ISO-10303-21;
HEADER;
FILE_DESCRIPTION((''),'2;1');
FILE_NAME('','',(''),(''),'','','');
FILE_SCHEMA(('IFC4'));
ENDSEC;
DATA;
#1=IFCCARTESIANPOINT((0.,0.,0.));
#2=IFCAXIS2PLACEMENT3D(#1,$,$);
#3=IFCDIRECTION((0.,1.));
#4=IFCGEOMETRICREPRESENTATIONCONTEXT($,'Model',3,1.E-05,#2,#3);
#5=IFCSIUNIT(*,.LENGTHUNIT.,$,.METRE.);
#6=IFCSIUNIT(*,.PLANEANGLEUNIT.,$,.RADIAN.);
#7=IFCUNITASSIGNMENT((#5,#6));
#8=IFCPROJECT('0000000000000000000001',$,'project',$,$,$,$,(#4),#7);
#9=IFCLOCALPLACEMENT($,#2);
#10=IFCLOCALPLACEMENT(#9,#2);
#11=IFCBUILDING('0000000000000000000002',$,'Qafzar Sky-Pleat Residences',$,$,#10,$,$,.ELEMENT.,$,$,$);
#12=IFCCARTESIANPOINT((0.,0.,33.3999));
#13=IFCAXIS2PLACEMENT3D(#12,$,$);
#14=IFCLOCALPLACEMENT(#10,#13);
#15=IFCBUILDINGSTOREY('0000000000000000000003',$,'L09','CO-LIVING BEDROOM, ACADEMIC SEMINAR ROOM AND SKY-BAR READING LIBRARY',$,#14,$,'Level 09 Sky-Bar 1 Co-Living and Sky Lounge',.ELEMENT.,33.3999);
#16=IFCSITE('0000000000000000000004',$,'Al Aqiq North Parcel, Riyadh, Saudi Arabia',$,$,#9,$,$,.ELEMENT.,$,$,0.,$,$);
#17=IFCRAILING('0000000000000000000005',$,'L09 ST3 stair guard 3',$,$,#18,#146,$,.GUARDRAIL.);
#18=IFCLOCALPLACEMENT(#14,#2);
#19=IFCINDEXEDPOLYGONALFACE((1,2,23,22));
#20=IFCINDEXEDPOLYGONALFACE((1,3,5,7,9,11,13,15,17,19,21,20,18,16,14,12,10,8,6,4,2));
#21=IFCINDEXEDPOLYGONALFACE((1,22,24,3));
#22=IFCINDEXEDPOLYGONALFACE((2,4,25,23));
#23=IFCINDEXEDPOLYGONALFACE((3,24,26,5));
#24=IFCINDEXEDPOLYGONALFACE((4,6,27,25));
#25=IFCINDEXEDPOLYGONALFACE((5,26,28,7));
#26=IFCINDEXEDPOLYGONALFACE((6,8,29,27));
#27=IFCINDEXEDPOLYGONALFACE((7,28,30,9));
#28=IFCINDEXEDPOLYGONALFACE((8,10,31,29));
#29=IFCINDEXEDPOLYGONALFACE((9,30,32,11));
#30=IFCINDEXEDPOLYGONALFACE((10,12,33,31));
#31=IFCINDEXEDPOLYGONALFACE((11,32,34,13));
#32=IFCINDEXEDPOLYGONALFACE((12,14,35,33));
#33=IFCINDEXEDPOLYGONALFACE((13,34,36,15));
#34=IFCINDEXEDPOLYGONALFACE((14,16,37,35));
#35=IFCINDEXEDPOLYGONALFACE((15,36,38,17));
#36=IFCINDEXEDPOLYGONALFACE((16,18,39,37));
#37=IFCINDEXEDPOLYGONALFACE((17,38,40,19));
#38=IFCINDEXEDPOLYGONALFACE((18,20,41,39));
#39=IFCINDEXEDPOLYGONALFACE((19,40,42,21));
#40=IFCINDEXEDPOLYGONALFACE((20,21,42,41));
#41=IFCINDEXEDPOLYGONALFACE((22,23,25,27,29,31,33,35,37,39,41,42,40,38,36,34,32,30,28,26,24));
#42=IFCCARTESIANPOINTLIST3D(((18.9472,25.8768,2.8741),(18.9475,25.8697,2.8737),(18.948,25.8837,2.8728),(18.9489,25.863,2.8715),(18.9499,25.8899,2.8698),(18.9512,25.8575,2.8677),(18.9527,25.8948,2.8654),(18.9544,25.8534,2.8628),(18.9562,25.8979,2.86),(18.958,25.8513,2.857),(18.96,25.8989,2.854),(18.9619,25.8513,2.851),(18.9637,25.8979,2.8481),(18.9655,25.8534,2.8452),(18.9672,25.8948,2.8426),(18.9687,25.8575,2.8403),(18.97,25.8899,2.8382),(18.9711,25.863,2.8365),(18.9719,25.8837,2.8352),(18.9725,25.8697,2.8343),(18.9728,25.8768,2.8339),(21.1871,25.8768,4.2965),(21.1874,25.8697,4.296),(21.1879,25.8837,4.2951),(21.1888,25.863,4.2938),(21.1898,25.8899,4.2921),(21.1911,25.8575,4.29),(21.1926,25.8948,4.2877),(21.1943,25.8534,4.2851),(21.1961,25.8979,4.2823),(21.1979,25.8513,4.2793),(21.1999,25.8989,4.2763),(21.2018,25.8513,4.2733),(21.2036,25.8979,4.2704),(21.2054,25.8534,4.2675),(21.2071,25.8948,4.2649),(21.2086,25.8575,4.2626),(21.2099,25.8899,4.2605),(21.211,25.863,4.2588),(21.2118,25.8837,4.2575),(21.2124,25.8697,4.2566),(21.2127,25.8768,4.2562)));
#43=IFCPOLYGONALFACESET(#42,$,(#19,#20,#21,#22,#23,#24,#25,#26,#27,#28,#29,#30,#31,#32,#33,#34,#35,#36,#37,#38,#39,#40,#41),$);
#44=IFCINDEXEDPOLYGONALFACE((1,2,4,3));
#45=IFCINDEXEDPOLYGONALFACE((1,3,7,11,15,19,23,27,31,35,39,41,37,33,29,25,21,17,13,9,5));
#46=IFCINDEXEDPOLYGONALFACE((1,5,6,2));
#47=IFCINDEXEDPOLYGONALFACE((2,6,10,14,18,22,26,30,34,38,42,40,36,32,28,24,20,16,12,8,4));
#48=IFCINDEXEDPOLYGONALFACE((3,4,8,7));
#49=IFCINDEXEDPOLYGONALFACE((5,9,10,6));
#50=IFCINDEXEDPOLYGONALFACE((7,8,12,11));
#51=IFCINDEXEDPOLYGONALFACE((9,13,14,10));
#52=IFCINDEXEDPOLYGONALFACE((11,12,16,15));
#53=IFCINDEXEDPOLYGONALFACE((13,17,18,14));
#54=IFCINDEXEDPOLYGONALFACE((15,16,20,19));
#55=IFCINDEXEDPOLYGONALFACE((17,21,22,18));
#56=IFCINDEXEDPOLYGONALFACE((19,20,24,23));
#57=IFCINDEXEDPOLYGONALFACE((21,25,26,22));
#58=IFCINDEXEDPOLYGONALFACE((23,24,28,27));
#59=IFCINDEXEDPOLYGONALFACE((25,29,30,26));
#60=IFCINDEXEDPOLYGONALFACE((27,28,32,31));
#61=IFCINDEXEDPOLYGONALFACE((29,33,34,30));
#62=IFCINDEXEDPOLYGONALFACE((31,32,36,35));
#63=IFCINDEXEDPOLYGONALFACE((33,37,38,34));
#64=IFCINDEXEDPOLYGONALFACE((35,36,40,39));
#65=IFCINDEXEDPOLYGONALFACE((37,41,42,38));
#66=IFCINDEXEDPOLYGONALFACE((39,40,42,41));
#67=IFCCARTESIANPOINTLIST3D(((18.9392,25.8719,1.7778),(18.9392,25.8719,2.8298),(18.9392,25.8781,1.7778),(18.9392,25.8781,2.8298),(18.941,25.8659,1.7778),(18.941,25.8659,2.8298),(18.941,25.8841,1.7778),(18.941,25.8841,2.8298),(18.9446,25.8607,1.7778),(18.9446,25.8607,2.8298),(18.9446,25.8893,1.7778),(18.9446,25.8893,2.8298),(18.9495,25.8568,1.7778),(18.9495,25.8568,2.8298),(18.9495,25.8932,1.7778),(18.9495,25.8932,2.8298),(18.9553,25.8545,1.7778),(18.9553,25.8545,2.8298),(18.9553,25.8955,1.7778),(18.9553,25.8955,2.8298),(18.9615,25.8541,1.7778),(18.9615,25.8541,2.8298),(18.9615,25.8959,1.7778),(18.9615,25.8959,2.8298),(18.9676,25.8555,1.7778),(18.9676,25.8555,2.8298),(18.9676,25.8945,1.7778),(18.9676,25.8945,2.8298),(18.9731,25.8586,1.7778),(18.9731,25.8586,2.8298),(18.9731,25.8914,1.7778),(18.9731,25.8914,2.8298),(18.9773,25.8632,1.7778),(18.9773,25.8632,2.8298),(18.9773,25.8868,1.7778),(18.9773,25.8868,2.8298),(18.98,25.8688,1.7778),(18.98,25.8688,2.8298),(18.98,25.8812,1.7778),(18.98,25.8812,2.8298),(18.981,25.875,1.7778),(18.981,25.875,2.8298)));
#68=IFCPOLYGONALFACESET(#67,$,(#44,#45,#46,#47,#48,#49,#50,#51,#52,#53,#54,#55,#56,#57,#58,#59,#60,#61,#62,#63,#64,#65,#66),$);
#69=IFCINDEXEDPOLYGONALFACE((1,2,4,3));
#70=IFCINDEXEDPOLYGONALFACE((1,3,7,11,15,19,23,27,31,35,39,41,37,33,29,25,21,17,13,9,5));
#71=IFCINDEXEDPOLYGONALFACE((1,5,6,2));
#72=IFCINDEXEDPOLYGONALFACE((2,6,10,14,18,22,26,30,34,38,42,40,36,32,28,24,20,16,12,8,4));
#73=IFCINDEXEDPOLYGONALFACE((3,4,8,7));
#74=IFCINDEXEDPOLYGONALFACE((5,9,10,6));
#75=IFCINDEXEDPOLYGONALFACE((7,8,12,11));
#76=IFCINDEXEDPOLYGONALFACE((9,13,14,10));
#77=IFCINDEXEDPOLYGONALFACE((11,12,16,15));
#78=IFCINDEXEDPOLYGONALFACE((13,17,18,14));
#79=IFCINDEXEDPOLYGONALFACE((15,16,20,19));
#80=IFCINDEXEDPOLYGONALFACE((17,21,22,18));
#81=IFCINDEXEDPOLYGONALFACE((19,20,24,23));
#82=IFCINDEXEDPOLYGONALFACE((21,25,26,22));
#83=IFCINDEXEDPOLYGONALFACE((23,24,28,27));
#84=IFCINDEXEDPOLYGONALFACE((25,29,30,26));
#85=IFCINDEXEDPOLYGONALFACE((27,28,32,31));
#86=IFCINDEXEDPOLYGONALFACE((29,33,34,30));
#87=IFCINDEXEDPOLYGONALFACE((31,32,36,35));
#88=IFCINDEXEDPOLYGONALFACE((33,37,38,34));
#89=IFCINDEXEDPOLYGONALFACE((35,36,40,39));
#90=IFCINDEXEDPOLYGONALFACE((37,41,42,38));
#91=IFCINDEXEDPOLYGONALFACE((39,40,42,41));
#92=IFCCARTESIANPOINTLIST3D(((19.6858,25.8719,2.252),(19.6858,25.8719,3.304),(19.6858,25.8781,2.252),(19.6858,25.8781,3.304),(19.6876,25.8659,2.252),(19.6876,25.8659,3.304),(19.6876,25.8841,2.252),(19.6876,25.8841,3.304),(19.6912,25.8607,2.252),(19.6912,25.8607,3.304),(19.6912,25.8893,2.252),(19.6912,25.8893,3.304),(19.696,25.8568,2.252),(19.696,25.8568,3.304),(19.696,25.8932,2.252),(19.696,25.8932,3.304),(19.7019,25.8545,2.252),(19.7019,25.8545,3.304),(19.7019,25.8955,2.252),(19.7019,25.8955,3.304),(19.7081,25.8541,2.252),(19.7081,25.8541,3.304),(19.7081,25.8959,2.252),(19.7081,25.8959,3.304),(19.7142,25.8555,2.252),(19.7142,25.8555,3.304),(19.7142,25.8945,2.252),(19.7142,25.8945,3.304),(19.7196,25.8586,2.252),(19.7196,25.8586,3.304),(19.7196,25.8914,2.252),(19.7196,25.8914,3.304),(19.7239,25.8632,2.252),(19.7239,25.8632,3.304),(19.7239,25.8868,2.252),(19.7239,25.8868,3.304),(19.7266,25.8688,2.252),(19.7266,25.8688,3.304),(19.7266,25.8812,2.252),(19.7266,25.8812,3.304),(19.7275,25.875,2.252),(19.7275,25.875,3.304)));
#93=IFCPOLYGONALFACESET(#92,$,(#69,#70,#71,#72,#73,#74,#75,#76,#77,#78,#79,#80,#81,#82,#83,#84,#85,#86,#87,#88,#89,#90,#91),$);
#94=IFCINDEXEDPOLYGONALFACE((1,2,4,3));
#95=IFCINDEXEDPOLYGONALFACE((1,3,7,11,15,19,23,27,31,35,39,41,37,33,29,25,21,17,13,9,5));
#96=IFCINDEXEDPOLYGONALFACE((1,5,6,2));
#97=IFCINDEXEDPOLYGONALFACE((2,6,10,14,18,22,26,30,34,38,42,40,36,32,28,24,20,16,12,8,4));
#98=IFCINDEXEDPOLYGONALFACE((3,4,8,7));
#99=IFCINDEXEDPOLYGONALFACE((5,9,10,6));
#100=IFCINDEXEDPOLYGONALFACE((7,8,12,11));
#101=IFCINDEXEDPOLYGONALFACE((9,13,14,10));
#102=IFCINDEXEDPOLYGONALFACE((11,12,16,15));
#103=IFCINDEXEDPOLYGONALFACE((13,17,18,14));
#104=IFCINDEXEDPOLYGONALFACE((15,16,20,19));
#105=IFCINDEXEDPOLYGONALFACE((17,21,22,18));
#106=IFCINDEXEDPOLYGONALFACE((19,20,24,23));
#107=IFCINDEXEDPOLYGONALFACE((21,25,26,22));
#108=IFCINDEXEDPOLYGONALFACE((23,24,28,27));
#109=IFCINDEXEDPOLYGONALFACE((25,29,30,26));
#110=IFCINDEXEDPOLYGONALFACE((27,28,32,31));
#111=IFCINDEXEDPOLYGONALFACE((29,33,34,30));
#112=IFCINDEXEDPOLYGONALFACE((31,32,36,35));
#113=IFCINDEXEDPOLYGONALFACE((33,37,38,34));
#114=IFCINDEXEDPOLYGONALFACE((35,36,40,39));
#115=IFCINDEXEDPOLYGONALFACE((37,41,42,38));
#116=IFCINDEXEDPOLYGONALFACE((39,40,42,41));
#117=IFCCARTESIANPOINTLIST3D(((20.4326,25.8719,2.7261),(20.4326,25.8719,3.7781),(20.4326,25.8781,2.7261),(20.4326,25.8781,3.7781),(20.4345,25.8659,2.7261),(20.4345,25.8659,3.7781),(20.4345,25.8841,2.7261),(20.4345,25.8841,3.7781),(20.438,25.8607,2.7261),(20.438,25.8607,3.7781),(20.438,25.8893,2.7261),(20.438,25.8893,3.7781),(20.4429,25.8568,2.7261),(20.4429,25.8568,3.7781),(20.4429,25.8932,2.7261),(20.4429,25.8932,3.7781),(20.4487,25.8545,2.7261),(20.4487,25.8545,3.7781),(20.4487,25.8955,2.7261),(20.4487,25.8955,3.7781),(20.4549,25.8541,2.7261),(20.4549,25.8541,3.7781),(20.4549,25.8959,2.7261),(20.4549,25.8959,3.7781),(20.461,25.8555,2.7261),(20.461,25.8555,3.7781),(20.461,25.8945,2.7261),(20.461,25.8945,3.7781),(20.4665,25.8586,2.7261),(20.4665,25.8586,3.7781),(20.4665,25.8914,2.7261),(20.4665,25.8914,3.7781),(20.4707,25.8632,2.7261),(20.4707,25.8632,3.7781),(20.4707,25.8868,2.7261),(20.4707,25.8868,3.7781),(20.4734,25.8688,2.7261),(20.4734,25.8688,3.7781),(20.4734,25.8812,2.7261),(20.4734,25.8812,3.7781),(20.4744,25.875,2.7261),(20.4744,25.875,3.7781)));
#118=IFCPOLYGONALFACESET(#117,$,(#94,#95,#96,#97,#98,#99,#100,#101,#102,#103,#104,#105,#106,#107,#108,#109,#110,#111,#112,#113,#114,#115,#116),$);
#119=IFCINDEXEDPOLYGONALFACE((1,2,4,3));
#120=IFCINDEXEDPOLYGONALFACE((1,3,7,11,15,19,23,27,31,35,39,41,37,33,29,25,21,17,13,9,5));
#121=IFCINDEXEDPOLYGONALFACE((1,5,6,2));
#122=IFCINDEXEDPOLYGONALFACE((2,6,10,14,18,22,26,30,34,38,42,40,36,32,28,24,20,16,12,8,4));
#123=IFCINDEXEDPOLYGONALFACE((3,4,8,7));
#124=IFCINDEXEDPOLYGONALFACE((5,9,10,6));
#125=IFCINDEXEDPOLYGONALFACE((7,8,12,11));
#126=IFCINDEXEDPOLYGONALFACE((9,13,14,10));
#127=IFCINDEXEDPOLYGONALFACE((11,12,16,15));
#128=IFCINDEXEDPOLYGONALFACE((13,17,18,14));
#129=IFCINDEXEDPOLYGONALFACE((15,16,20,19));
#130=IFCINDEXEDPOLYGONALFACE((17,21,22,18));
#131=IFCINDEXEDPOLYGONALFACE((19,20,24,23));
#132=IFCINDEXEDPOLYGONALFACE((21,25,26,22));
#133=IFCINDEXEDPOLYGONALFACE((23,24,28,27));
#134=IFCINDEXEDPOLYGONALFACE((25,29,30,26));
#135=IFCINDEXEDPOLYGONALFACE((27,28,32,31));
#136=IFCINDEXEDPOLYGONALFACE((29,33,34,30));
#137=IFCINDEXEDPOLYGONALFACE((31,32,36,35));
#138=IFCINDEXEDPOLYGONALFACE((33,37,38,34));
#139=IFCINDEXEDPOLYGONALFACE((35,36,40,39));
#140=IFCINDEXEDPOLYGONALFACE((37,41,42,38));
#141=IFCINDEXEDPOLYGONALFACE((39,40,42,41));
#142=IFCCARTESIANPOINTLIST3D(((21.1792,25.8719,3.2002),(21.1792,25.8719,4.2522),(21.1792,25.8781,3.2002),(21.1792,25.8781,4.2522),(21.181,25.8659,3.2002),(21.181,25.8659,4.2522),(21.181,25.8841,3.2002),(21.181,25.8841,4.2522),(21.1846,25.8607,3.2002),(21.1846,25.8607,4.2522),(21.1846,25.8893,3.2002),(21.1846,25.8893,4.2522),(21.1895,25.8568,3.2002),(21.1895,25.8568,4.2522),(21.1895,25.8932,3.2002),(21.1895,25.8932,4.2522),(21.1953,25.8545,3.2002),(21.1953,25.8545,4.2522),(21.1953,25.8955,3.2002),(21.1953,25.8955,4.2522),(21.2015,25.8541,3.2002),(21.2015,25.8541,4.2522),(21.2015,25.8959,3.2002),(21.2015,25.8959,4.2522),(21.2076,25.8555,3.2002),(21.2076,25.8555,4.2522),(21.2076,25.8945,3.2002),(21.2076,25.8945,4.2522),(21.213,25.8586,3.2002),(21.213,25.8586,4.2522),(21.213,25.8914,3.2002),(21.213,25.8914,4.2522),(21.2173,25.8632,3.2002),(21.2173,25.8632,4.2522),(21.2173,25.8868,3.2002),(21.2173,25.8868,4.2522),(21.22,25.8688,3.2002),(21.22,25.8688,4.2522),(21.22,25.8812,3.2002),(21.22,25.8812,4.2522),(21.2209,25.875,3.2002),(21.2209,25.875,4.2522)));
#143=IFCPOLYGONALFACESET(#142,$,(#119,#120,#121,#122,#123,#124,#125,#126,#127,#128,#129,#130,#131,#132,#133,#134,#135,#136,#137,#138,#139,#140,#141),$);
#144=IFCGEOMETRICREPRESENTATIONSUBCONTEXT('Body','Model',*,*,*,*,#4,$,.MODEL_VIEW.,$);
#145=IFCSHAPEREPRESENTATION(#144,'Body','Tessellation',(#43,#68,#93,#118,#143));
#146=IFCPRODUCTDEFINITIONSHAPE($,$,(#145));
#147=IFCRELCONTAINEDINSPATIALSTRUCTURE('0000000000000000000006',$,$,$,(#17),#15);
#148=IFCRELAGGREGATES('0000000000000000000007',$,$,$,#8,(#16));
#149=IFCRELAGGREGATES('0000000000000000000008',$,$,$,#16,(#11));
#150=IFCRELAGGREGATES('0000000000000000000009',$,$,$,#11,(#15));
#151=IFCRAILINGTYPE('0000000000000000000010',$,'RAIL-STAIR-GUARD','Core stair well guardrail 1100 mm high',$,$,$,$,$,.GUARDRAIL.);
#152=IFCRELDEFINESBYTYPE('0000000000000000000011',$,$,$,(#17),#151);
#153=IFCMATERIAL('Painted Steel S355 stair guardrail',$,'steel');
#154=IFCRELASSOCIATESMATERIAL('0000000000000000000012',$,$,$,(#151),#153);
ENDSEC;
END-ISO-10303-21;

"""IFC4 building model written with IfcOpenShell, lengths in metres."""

from ifc_helpers import new_model, si_unit, direction, frame, origin, origin_2d, place, context, subcontext, project, spatial, circle, extrude, source, transform, mapped, material, type_object, element, save


model = new_model("IFC4")

# Units and contexts
model_context = context("Model", 3, precision=1e-05, world=origin(), true_north=direction((0.0, 1.0)))
body_context = subcontext(model_context, "Body", "Model", "MODEL_VIEW")
ifc_project = project(units=[si_unit("LENGTHUNIT", "METRE"), si_unit("PLANEANGLEUNIT", "RADIAN")], contexts=[model_context])

# Site, building, storey
site_placement = place(None, origin())
site = spatial("IfcSite", under=ifc_project, at=site_placement, Name="Al Aqiq North Parcel, Riyadh, Saudi Arabia", CompositionType="ELEMENT", RefElevation=0.0)
building_placement = place(site_placement, origin())
building = spatial("IfcBuilding", under=site, at=building_placement, Name="Qafzar Sky-Pleat Residences", CompositionType="ELEMENT")
storey_placement = place(building_placement, frame((0.0, 0.0, 33.3999)))
storey = spatial("IfcBuildingStorey", under=building, at=storey_placement, Name="L09", Description="CO-LIVING BEDROOM, ACADEMIC SEMINAR ROOM AND SKY-BAR READING LIBRARY", LongName="Level 09 Sky-Bar 1 Co-Living and Sky Lounge", CompositionType="ELEMENT", Elevation=33.3999)

# Railing
ifc_material_1 = material(Name="Painted Steel S355 stair guardrail", Category="steel")
railing_type_1 = type_object("IfcRailingType", Name="RAIL-STAIR-GUARD", Description="Core stair well guardrail 1100 mm high", PredefinedType="GUARDRAIL", material=ifc_material_1)
shared_shape_1 = source(origin(), body_context, "Body", "SweptSolid", [
    extrude(circle(Radius=0.0239, at=origin_2d()), frame((0.0, 0.0, 1.0762), z_axis=(0.844188, 0.0, 0.536048), x_axis=(0.0, 1.0, 0.0)), (0.0, 0.0, 1.0), 2.6533),
    extrude(circle(Radius=0.021, at=origin_2d()), origin(), (0.0, 0.0, 1.0), 1.052),
    extrude(circle(Radius=0.021, at=origin_2d()), frame((0.7466, 0.0, 0.4741)), (0.0, 0.0, 1.0), 1.052),
    extrude(circle(Radius=0.021, at=origin_2d()), frame((1.4934, 0.0, 0.9482)), (0.0, 0.0, 1.0), 1.052),
    extrude(circle(Radius=0.021, at=origin_2d()), frame((2.24, 0.0, 1.4224)), (0.0, 0.0, 1.0), 1.052),
])
railing_1_placement = place(storey_placement, frame((18.96, 25.875, 1.7778)))
element("IfcRailing", 1, at=railing_1_placement, inside=storey, type_object=railing_type_1, Name="L09 ST3 stair guard 3", PredefinedType="GUARDRAIL", context=body_context, shape_type="MappedRepresentation", body=[
    mapped(shared_shape_1, transform((0.0, 0.0, 0.0), x_axis=(1.0, 0.0, 0.0), y_axis=(0.0, 1.0, 0.0), z_axis=(0.0, 0.0, 1.0), scale=1.0)),
])

save(model, "model.ifc")
